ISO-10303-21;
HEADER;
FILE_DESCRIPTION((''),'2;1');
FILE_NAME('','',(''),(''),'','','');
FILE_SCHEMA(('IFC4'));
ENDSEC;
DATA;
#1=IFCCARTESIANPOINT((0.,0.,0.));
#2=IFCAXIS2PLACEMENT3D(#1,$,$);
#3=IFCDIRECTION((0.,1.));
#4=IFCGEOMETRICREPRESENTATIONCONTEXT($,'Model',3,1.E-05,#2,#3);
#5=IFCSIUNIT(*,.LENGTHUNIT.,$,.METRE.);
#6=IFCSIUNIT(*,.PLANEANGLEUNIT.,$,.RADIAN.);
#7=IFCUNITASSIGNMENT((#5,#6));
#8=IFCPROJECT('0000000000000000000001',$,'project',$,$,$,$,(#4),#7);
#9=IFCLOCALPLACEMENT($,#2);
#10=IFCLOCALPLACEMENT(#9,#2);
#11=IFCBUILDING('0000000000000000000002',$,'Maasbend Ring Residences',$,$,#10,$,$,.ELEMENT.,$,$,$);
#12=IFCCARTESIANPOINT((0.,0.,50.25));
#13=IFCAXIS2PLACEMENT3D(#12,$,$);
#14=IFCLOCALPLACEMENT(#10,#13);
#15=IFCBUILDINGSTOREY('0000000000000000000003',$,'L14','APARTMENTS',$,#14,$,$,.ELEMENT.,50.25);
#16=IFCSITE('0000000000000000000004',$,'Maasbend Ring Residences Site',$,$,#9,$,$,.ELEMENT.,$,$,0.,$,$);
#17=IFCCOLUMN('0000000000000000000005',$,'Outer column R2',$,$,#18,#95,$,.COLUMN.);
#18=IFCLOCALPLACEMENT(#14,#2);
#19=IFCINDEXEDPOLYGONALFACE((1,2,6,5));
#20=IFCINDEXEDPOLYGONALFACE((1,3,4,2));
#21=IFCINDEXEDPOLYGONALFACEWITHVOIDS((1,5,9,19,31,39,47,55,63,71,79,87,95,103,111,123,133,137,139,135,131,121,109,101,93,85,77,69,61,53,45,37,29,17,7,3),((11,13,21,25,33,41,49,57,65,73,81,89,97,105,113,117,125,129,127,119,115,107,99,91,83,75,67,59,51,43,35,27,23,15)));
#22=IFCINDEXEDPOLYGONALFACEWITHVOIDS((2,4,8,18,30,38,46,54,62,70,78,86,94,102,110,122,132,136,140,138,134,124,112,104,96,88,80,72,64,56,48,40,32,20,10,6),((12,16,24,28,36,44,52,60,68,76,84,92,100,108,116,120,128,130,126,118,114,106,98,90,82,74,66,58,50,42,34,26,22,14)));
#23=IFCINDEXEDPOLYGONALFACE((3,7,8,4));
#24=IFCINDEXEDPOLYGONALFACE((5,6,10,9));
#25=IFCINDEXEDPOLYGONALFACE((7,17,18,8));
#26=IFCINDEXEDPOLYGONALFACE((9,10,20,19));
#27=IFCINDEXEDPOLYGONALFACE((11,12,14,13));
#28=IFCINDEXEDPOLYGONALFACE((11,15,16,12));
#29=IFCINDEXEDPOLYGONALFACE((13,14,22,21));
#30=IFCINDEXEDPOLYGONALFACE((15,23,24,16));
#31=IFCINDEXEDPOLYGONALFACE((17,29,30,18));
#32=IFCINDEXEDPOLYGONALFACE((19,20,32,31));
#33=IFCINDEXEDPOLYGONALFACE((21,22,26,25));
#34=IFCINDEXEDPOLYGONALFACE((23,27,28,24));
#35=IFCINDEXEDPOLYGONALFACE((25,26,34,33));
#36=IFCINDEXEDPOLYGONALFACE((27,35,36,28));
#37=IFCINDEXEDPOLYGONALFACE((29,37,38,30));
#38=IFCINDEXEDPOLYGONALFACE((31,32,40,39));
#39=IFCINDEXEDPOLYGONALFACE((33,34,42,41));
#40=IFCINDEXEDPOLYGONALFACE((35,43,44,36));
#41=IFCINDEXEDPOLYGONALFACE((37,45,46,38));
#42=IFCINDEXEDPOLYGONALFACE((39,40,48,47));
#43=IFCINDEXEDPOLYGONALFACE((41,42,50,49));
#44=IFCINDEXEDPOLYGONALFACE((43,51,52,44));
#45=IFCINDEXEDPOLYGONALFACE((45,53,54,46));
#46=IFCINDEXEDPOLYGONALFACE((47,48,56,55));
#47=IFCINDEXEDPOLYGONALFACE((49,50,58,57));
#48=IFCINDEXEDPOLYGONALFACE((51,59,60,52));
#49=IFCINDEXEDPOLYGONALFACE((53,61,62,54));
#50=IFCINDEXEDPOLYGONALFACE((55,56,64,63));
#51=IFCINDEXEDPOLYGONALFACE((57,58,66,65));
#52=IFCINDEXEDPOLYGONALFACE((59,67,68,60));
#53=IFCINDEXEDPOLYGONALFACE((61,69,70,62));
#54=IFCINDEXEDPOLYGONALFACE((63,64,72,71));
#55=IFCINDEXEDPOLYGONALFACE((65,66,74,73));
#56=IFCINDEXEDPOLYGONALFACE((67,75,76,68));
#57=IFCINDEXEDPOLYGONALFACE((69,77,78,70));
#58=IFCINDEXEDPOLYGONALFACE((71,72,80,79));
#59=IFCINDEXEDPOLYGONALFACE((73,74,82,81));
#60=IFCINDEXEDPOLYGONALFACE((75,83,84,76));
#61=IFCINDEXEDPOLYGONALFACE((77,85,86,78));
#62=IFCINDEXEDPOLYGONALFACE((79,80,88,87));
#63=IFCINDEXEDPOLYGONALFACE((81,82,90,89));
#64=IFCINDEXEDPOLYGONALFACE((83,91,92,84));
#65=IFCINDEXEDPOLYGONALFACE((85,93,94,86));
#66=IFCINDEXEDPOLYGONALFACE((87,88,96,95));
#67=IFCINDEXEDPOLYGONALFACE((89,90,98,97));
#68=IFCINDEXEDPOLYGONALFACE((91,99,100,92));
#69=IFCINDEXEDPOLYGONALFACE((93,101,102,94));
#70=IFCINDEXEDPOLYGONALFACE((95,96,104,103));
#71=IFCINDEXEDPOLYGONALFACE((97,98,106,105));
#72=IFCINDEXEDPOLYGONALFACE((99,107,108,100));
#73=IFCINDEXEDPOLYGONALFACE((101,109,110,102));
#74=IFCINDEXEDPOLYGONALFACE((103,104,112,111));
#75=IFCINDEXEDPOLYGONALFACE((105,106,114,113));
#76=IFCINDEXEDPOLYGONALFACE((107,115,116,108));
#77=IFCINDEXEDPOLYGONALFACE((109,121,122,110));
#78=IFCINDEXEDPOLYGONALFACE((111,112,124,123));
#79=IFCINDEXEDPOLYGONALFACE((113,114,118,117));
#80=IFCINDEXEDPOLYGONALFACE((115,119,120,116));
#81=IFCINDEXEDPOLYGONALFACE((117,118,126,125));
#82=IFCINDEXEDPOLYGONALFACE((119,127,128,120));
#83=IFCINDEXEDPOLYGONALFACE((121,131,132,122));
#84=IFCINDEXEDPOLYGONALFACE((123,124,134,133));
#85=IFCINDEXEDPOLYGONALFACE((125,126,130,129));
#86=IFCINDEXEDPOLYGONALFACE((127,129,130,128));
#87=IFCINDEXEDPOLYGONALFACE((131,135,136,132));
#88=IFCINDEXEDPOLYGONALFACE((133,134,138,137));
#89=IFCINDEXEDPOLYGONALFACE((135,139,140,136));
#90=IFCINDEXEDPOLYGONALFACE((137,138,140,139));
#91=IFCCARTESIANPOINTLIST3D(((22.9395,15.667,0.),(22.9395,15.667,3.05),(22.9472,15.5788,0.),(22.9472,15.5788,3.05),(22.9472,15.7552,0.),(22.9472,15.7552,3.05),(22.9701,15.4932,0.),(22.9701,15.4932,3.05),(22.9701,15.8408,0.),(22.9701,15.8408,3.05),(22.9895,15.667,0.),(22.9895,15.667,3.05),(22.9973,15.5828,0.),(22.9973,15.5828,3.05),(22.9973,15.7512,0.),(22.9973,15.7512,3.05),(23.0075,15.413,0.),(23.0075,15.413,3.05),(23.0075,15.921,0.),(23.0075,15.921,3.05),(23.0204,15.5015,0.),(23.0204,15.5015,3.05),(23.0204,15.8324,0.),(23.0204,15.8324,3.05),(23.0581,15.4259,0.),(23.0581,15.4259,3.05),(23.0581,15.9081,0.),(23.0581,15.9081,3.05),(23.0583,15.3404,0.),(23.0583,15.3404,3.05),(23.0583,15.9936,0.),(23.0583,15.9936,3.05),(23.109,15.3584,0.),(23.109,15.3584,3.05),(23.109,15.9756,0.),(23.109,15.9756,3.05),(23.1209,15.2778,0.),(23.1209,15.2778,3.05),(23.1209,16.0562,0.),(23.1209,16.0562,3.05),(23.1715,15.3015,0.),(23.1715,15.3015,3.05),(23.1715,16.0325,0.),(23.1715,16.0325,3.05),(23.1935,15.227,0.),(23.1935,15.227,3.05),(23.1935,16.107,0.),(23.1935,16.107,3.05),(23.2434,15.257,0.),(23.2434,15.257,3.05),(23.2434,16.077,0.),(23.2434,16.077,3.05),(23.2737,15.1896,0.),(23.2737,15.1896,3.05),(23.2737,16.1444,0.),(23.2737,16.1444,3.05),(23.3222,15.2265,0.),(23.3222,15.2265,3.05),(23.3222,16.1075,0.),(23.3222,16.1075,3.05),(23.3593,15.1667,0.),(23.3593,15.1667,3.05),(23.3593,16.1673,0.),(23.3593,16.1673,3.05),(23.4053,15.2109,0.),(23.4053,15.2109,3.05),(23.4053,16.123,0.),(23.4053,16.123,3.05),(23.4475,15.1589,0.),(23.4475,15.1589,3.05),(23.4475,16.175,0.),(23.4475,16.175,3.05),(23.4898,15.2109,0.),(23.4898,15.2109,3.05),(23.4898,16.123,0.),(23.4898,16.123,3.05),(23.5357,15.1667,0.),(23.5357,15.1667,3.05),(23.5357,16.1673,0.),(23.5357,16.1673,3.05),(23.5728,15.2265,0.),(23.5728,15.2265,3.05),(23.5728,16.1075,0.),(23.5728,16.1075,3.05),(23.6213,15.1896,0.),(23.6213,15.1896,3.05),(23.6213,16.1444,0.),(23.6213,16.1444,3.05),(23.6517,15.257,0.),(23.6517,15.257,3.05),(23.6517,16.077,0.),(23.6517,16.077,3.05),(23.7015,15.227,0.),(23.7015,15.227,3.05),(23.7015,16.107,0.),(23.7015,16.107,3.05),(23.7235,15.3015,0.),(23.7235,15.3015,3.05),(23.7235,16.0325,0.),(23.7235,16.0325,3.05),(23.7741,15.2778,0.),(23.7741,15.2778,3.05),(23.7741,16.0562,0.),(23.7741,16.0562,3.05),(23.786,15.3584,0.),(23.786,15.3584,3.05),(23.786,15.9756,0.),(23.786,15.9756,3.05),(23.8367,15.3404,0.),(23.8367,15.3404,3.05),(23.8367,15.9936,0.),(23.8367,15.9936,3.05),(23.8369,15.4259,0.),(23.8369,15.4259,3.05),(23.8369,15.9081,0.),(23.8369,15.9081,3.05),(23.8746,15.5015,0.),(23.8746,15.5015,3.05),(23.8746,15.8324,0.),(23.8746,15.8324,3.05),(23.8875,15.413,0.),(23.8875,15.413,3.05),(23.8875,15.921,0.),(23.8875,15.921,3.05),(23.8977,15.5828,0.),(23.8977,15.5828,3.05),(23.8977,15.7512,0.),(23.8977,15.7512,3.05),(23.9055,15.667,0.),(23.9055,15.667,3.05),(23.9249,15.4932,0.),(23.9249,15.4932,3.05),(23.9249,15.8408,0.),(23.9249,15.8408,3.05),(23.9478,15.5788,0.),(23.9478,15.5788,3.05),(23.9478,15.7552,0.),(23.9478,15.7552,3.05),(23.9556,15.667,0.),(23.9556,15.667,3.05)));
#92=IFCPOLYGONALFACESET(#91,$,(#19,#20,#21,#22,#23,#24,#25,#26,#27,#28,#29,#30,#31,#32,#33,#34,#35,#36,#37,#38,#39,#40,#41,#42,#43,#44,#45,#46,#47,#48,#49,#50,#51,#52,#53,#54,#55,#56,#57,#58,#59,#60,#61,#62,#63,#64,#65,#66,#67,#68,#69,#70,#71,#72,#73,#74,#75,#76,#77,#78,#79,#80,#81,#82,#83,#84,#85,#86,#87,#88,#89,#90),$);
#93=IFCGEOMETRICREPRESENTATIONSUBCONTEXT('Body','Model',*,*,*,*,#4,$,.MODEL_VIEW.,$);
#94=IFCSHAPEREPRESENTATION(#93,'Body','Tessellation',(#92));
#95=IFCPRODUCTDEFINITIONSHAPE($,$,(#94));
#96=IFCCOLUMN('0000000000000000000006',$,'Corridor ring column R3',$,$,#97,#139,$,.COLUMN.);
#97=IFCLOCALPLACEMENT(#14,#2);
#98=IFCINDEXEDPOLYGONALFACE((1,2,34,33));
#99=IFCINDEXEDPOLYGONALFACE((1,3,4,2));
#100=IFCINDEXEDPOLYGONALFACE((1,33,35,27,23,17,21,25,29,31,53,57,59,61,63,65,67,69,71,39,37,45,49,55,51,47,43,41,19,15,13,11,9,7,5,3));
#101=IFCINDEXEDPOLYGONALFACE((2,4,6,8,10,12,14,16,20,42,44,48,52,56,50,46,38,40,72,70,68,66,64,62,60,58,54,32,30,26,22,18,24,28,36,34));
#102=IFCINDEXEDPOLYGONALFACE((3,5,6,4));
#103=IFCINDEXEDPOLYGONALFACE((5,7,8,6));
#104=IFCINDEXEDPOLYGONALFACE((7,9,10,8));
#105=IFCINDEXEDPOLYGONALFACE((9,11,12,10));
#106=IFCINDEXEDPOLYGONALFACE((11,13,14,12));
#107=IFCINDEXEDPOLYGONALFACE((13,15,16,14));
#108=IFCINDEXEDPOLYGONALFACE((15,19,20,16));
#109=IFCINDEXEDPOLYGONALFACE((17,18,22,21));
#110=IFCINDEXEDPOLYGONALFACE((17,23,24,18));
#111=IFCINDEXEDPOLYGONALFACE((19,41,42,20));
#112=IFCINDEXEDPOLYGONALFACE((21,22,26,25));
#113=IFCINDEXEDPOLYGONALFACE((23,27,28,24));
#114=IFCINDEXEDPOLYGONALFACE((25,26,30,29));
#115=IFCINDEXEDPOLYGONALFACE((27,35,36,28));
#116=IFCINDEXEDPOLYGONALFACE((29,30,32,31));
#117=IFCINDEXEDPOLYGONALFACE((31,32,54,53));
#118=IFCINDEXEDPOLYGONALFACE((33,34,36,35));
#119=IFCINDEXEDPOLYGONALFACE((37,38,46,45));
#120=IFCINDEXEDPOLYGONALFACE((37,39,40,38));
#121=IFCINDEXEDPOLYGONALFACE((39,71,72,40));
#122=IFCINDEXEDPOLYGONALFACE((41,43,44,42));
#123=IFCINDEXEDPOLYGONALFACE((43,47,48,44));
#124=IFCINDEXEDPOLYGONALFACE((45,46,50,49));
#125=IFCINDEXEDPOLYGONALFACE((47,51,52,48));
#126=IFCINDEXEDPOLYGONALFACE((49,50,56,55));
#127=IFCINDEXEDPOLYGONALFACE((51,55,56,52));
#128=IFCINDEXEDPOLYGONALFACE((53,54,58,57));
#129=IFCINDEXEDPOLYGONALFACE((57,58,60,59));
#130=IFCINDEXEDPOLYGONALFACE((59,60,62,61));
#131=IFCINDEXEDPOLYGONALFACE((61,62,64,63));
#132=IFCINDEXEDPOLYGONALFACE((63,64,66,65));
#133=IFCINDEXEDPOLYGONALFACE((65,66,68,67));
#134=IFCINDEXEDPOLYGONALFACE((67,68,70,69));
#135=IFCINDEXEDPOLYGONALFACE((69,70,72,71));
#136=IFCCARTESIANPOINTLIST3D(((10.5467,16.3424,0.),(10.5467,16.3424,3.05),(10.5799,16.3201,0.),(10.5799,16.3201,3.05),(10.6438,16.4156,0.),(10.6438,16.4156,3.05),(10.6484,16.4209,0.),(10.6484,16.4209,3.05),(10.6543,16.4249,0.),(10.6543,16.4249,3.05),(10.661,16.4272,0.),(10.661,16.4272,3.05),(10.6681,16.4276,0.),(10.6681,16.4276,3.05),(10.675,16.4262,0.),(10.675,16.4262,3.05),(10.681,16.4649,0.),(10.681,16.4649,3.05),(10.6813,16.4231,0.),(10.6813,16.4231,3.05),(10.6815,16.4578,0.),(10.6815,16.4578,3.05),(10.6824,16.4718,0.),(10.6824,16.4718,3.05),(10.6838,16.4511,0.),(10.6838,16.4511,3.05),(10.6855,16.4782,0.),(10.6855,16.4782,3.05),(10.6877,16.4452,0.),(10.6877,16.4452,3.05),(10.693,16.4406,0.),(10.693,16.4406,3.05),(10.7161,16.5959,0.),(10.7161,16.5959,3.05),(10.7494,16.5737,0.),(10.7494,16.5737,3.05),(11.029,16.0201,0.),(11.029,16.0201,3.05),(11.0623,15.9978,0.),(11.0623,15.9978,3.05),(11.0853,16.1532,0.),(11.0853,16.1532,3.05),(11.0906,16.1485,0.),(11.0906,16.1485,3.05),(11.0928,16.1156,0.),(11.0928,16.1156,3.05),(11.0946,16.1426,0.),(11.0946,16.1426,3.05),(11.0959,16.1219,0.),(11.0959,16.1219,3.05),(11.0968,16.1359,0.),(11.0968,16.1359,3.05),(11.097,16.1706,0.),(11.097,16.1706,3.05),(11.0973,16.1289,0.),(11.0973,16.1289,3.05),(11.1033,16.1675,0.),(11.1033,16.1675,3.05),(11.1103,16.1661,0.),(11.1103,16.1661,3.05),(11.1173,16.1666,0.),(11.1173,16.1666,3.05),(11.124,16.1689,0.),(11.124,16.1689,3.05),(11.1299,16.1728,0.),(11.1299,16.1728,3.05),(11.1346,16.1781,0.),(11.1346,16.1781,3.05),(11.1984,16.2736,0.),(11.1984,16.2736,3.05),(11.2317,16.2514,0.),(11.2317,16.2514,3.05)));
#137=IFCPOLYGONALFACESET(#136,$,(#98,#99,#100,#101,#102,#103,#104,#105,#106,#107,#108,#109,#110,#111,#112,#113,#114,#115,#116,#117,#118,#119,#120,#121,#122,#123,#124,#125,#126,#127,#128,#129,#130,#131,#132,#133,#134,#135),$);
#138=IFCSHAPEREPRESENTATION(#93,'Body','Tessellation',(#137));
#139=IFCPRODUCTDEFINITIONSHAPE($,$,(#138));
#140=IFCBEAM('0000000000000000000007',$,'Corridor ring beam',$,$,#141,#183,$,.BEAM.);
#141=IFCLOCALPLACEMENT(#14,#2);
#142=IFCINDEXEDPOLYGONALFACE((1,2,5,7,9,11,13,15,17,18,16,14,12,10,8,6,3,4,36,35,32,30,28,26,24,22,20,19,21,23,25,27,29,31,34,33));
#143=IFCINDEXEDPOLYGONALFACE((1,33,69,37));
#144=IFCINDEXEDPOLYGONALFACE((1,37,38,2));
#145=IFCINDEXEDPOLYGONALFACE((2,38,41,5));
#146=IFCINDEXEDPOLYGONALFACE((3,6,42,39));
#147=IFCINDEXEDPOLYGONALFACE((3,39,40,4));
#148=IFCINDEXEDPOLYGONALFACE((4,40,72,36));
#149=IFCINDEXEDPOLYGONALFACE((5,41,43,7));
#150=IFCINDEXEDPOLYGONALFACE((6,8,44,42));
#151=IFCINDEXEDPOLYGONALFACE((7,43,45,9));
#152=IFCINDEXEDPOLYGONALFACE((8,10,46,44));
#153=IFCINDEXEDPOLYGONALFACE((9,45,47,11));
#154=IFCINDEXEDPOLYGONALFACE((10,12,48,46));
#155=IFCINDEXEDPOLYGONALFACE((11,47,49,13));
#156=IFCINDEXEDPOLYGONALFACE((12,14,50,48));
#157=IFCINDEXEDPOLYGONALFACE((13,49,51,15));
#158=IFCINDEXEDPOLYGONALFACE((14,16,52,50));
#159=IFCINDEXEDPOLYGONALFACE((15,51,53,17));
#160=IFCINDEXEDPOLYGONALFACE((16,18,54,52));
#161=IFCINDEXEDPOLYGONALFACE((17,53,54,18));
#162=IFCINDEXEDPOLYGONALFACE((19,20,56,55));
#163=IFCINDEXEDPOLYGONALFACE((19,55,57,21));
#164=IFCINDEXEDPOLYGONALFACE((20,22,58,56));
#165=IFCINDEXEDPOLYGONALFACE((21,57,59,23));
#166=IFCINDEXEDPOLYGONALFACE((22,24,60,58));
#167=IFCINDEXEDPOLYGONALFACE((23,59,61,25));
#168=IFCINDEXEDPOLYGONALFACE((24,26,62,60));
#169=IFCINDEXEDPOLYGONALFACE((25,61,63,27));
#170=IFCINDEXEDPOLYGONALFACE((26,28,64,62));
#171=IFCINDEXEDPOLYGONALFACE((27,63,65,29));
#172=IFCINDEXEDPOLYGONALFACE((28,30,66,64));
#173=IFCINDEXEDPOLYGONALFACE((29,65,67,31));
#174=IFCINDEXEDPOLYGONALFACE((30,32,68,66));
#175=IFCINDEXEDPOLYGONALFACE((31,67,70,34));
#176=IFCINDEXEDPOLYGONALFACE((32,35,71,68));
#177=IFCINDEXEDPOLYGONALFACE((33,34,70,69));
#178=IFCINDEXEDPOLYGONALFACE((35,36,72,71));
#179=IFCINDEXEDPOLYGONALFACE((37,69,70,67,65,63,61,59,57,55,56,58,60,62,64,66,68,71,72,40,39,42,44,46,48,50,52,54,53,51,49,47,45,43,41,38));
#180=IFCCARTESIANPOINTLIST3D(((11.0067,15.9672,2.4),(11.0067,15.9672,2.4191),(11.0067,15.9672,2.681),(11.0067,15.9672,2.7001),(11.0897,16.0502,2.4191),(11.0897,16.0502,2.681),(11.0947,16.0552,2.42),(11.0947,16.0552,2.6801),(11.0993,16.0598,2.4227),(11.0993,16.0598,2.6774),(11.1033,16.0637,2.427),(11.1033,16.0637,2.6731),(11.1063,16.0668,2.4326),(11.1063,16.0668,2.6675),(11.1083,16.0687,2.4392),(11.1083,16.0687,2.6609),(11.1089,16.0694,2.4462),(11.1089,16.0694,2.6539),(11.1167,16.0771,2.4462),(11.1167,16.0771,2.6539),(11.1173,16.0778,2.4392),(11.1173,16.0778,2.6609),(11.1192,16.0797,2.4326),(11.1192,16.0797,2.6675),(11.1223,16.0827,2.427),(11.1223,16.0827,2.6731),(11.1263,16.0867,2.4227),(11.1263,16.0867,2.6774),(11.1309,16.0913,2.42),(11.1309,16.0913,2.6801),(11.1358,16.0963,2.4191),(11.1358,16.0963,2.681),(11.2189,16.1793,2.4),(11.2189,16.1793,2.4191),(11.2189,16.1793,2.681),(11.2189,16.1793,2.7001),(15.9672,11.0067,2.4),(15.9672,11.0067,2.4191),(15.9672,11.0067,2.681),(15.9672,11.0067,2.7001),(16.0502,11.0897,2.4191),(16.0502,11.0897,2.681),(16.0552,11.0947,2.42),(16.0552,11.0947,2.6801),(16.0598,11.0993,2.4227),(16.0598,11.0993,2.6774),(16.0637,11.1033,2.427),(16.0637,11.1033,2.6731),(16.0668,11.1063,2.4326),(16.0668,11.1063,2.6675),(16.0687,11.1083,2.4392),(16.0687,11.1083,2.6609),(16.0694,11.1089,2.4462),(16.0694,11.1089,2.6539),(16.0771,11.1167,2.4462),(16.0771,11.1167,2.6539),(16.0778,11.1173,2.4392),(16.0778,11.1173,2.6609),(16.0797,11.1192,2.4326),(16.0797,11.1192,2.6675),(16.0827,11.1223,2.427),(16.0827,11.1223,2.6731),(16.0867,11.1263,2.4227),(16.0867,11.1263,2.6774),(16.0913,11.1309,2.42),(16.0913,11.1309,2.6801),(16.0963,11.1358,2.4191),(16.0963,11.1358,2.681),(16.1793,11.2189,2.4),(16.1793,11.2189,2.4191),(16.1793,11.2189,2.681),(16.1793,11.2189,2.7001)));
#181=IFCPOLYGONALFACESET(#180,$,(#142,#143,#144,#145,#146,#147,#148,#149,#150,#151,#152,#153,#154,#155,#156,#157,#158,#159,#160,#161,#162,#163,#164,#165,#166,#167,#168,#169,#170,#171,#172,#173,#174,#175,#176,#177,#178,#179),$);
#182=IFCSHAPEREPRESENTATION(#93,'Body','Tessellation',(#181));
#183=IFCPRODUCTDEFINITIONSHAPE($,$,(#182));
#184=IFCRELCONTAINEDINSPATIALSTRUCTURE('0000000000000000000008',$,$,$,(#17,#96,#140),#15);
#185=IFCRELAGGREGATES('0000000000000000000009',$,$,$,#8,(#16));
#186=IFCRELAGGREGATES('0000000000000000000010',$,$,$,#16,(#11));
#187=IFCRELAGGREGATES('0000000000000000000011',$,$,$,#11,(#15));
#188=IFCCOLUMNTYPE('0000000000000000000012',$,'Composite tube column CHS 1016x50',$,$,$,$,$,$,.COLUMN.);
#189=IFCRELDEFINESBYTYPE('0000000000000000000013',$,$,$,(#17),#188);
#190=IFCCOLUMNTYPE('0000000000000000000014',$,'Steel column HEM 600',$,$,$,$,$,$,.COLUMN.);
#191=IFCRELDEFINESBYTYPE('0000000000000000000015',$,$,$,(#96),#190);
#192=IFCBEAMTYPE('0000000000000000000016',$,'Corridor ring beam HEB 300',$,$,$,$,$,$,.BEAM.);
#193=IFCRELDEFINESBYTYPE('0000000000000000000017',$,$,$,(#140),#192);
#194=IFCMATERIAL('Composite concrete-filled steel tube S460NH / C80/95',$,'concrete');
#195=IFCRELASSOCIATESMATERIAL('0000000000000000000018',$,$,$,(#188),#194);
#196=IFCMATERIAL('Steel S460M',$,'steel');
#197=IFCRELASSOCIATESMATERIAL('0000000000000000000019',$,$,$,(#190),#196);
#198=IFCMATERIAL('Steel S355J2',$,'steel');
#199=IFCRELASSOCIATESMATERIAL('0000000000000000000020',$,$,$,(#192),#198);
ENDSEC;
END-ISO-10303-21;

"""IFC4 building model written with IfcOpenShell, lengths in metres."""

from ifc_helpers import new_model, si_unit, direction, frame, origin, origin_2d, place, context, subcontext, project, spatial, hollow_circle, i_section, extrude, material, material_profile, profile_set, type_object, element, save


model = new_model("IFC4")

# Units and contexts
model_context = context("Model", 3, precision=1e-05, world=origin(), true_north=direction((0.0, 1.0)))
body_context = subcontext(model_context, "Body", "Model", "MODEL_VIEW")
ifc_project = project(units=[si_unit("LENGTHUNIT", "METRE"), si_unit("PLANEANGLEUNIT", "RADIAN")], contexts=[model_context])

# Site, building, storey
site_placement = place(None, origin())
site = spatial("IfcSite", under=ifc_project, at=site_placement, Name="Maasbend Ring Residences Site", CompositionType="ELEMENT", RefElevation=0.0)
building_placement = place(site_placement, origin())
building = spatial("IfcBuilding", under=site, at=building_placement, Name="Maasbend Ring Residences", CompositionType="ELEMENT")
storey_placement = place(building_placement, frame((0.0, 0.0, 50.25)))
storey = spatial("IfcBuildingStorey", under=building, at=storey_placement, Name="L14", Description="APARTMENTS", CompositionType="ELEMENT", Elevation=50.25)

# Columns
ifc_material_1 = material(Name="Composite concrete-filled steel tube S460NH / C80/95", Category="concrete")
ifc_material_profile_1 = material_profile(ifc_material_1, hollow_circle(Radius=0.5081, WallThickness=0.05, at=origin_2d()), Name="Composite tube column CHS 1016x50")
ifc_profile_set_1 = profile_set([ifc_material_profile_1], Name="Composite concrete-filled steel tube S460NH / C80/95")
column_type_1 = type_object("IfcColumnType", Name="Composite tube column CHS 1016x50", PredefinedType="COLUMN", material=ifc_profile_set_1)
column_1_placement = place(storey_placement, frame((23.4475, 15.667, 0.0), z_axis=(0.0, 0.0, 1.0), x_axis=(1.0, 0.0, 0.0)))
element("IfcColumn", 1, at=column_1_placement, inside=storey, type_object=column_type_1, Name="Outer column R2", PredefinedType="COLUMN", context=body_context, shape_type="SweptSolid", body=[
    extrude(hollow_circle(Radius=0.5081, WallThickness=0.05, at=origin_2d()), origin(), (0.0, 0.0, 1.0), 3.05),
])
ifc_material_2 = material(Name="Steel S460M", Category="steel")
ifc_material_profile_2 = material_profile(ifc_material_2, i_section(OverallWidth=0.3049, OverallDepth=0.6201, WebThickness=0.021, FlangeThickness=0.04, FilletRadius=0.0271, at=origin_2d()), Name="HEM 600")
ifc_profile_set_2 = profile_set([ifc_material_profile_2], Name="Steel S460M")
column_type_2 = type_object("IfcColumnType", Name="Steel column HEM 600", PredefinedType="COLUMN", material=ifc_profile_set_2)
column_2_placement = place(storey_placement, frame((10.8892, 16.2969, 0.0), z_axis=(0.0, 0.0, 1.0), x_axis=(0.55557, 0.83147, 0.0)))
element("IfcColumn", 2, at=column_2_placement, inside=storey, type_object=column_type_2, Name="Corridor ring column R3", PredefinedType="COLUMN", context=body_context, shape_type="SweptSolid", body=[
    extrude(i_section(OverallWidth=0.3049, OverallDepth=0.6201, WebThickness=0.021, FlangeThickness=0.04, FilletRadius=0.0271, at=origin_2d()), origin(), (0.0, 0.0, 1.0), 3.05),
])

# Beam
ifc_material_3 = material(Name="Steel S355J2", Category="steel")
ifc_material_profile_3 = material_profile(ifc_material_3, i_section(OverallWidth=0.3, OverallDepth=0.3, WebThickness=0.011, FlangeThickness=0.019, FilletRadius=0.0271, at=origin_2d()), Name="HEB 300")
ifc_profile_set_3 = profile_set([ifc_material_profile_3], Name="Steel S355J2")
beam_type_1 = type_object("IfcBeamType", Name="Corridor ring beam HEB 300", PredefinedType="BEAM", material=ifc_profile_set_3)
beam_1_placement = place(storey_placement, frame((16.0732, 11.1128, 2.55), z_axis=(-0.707107, 0.707107, 0.0), x_axis=(-0.707107, -0.707107, 0.0)))
element("IfcBeam", 3, at=beam_1_placement, inside=storey, type_object=beam_type_1, Name="Corridor ring beam", PredefinedType="BEAM", context=body_context, shape_type="SweptSolid", body=[
    extrude(i_section(OverallWidth=0.3, OverallDepth=0.3, WebThickness=0.011, FlangeThickness=0.019, FilletRadius=0.0271, at=origin_2d()), origin(), (0.0, 0.0, 1.0), 7.0151),
])

save(model, "model.ifc")
